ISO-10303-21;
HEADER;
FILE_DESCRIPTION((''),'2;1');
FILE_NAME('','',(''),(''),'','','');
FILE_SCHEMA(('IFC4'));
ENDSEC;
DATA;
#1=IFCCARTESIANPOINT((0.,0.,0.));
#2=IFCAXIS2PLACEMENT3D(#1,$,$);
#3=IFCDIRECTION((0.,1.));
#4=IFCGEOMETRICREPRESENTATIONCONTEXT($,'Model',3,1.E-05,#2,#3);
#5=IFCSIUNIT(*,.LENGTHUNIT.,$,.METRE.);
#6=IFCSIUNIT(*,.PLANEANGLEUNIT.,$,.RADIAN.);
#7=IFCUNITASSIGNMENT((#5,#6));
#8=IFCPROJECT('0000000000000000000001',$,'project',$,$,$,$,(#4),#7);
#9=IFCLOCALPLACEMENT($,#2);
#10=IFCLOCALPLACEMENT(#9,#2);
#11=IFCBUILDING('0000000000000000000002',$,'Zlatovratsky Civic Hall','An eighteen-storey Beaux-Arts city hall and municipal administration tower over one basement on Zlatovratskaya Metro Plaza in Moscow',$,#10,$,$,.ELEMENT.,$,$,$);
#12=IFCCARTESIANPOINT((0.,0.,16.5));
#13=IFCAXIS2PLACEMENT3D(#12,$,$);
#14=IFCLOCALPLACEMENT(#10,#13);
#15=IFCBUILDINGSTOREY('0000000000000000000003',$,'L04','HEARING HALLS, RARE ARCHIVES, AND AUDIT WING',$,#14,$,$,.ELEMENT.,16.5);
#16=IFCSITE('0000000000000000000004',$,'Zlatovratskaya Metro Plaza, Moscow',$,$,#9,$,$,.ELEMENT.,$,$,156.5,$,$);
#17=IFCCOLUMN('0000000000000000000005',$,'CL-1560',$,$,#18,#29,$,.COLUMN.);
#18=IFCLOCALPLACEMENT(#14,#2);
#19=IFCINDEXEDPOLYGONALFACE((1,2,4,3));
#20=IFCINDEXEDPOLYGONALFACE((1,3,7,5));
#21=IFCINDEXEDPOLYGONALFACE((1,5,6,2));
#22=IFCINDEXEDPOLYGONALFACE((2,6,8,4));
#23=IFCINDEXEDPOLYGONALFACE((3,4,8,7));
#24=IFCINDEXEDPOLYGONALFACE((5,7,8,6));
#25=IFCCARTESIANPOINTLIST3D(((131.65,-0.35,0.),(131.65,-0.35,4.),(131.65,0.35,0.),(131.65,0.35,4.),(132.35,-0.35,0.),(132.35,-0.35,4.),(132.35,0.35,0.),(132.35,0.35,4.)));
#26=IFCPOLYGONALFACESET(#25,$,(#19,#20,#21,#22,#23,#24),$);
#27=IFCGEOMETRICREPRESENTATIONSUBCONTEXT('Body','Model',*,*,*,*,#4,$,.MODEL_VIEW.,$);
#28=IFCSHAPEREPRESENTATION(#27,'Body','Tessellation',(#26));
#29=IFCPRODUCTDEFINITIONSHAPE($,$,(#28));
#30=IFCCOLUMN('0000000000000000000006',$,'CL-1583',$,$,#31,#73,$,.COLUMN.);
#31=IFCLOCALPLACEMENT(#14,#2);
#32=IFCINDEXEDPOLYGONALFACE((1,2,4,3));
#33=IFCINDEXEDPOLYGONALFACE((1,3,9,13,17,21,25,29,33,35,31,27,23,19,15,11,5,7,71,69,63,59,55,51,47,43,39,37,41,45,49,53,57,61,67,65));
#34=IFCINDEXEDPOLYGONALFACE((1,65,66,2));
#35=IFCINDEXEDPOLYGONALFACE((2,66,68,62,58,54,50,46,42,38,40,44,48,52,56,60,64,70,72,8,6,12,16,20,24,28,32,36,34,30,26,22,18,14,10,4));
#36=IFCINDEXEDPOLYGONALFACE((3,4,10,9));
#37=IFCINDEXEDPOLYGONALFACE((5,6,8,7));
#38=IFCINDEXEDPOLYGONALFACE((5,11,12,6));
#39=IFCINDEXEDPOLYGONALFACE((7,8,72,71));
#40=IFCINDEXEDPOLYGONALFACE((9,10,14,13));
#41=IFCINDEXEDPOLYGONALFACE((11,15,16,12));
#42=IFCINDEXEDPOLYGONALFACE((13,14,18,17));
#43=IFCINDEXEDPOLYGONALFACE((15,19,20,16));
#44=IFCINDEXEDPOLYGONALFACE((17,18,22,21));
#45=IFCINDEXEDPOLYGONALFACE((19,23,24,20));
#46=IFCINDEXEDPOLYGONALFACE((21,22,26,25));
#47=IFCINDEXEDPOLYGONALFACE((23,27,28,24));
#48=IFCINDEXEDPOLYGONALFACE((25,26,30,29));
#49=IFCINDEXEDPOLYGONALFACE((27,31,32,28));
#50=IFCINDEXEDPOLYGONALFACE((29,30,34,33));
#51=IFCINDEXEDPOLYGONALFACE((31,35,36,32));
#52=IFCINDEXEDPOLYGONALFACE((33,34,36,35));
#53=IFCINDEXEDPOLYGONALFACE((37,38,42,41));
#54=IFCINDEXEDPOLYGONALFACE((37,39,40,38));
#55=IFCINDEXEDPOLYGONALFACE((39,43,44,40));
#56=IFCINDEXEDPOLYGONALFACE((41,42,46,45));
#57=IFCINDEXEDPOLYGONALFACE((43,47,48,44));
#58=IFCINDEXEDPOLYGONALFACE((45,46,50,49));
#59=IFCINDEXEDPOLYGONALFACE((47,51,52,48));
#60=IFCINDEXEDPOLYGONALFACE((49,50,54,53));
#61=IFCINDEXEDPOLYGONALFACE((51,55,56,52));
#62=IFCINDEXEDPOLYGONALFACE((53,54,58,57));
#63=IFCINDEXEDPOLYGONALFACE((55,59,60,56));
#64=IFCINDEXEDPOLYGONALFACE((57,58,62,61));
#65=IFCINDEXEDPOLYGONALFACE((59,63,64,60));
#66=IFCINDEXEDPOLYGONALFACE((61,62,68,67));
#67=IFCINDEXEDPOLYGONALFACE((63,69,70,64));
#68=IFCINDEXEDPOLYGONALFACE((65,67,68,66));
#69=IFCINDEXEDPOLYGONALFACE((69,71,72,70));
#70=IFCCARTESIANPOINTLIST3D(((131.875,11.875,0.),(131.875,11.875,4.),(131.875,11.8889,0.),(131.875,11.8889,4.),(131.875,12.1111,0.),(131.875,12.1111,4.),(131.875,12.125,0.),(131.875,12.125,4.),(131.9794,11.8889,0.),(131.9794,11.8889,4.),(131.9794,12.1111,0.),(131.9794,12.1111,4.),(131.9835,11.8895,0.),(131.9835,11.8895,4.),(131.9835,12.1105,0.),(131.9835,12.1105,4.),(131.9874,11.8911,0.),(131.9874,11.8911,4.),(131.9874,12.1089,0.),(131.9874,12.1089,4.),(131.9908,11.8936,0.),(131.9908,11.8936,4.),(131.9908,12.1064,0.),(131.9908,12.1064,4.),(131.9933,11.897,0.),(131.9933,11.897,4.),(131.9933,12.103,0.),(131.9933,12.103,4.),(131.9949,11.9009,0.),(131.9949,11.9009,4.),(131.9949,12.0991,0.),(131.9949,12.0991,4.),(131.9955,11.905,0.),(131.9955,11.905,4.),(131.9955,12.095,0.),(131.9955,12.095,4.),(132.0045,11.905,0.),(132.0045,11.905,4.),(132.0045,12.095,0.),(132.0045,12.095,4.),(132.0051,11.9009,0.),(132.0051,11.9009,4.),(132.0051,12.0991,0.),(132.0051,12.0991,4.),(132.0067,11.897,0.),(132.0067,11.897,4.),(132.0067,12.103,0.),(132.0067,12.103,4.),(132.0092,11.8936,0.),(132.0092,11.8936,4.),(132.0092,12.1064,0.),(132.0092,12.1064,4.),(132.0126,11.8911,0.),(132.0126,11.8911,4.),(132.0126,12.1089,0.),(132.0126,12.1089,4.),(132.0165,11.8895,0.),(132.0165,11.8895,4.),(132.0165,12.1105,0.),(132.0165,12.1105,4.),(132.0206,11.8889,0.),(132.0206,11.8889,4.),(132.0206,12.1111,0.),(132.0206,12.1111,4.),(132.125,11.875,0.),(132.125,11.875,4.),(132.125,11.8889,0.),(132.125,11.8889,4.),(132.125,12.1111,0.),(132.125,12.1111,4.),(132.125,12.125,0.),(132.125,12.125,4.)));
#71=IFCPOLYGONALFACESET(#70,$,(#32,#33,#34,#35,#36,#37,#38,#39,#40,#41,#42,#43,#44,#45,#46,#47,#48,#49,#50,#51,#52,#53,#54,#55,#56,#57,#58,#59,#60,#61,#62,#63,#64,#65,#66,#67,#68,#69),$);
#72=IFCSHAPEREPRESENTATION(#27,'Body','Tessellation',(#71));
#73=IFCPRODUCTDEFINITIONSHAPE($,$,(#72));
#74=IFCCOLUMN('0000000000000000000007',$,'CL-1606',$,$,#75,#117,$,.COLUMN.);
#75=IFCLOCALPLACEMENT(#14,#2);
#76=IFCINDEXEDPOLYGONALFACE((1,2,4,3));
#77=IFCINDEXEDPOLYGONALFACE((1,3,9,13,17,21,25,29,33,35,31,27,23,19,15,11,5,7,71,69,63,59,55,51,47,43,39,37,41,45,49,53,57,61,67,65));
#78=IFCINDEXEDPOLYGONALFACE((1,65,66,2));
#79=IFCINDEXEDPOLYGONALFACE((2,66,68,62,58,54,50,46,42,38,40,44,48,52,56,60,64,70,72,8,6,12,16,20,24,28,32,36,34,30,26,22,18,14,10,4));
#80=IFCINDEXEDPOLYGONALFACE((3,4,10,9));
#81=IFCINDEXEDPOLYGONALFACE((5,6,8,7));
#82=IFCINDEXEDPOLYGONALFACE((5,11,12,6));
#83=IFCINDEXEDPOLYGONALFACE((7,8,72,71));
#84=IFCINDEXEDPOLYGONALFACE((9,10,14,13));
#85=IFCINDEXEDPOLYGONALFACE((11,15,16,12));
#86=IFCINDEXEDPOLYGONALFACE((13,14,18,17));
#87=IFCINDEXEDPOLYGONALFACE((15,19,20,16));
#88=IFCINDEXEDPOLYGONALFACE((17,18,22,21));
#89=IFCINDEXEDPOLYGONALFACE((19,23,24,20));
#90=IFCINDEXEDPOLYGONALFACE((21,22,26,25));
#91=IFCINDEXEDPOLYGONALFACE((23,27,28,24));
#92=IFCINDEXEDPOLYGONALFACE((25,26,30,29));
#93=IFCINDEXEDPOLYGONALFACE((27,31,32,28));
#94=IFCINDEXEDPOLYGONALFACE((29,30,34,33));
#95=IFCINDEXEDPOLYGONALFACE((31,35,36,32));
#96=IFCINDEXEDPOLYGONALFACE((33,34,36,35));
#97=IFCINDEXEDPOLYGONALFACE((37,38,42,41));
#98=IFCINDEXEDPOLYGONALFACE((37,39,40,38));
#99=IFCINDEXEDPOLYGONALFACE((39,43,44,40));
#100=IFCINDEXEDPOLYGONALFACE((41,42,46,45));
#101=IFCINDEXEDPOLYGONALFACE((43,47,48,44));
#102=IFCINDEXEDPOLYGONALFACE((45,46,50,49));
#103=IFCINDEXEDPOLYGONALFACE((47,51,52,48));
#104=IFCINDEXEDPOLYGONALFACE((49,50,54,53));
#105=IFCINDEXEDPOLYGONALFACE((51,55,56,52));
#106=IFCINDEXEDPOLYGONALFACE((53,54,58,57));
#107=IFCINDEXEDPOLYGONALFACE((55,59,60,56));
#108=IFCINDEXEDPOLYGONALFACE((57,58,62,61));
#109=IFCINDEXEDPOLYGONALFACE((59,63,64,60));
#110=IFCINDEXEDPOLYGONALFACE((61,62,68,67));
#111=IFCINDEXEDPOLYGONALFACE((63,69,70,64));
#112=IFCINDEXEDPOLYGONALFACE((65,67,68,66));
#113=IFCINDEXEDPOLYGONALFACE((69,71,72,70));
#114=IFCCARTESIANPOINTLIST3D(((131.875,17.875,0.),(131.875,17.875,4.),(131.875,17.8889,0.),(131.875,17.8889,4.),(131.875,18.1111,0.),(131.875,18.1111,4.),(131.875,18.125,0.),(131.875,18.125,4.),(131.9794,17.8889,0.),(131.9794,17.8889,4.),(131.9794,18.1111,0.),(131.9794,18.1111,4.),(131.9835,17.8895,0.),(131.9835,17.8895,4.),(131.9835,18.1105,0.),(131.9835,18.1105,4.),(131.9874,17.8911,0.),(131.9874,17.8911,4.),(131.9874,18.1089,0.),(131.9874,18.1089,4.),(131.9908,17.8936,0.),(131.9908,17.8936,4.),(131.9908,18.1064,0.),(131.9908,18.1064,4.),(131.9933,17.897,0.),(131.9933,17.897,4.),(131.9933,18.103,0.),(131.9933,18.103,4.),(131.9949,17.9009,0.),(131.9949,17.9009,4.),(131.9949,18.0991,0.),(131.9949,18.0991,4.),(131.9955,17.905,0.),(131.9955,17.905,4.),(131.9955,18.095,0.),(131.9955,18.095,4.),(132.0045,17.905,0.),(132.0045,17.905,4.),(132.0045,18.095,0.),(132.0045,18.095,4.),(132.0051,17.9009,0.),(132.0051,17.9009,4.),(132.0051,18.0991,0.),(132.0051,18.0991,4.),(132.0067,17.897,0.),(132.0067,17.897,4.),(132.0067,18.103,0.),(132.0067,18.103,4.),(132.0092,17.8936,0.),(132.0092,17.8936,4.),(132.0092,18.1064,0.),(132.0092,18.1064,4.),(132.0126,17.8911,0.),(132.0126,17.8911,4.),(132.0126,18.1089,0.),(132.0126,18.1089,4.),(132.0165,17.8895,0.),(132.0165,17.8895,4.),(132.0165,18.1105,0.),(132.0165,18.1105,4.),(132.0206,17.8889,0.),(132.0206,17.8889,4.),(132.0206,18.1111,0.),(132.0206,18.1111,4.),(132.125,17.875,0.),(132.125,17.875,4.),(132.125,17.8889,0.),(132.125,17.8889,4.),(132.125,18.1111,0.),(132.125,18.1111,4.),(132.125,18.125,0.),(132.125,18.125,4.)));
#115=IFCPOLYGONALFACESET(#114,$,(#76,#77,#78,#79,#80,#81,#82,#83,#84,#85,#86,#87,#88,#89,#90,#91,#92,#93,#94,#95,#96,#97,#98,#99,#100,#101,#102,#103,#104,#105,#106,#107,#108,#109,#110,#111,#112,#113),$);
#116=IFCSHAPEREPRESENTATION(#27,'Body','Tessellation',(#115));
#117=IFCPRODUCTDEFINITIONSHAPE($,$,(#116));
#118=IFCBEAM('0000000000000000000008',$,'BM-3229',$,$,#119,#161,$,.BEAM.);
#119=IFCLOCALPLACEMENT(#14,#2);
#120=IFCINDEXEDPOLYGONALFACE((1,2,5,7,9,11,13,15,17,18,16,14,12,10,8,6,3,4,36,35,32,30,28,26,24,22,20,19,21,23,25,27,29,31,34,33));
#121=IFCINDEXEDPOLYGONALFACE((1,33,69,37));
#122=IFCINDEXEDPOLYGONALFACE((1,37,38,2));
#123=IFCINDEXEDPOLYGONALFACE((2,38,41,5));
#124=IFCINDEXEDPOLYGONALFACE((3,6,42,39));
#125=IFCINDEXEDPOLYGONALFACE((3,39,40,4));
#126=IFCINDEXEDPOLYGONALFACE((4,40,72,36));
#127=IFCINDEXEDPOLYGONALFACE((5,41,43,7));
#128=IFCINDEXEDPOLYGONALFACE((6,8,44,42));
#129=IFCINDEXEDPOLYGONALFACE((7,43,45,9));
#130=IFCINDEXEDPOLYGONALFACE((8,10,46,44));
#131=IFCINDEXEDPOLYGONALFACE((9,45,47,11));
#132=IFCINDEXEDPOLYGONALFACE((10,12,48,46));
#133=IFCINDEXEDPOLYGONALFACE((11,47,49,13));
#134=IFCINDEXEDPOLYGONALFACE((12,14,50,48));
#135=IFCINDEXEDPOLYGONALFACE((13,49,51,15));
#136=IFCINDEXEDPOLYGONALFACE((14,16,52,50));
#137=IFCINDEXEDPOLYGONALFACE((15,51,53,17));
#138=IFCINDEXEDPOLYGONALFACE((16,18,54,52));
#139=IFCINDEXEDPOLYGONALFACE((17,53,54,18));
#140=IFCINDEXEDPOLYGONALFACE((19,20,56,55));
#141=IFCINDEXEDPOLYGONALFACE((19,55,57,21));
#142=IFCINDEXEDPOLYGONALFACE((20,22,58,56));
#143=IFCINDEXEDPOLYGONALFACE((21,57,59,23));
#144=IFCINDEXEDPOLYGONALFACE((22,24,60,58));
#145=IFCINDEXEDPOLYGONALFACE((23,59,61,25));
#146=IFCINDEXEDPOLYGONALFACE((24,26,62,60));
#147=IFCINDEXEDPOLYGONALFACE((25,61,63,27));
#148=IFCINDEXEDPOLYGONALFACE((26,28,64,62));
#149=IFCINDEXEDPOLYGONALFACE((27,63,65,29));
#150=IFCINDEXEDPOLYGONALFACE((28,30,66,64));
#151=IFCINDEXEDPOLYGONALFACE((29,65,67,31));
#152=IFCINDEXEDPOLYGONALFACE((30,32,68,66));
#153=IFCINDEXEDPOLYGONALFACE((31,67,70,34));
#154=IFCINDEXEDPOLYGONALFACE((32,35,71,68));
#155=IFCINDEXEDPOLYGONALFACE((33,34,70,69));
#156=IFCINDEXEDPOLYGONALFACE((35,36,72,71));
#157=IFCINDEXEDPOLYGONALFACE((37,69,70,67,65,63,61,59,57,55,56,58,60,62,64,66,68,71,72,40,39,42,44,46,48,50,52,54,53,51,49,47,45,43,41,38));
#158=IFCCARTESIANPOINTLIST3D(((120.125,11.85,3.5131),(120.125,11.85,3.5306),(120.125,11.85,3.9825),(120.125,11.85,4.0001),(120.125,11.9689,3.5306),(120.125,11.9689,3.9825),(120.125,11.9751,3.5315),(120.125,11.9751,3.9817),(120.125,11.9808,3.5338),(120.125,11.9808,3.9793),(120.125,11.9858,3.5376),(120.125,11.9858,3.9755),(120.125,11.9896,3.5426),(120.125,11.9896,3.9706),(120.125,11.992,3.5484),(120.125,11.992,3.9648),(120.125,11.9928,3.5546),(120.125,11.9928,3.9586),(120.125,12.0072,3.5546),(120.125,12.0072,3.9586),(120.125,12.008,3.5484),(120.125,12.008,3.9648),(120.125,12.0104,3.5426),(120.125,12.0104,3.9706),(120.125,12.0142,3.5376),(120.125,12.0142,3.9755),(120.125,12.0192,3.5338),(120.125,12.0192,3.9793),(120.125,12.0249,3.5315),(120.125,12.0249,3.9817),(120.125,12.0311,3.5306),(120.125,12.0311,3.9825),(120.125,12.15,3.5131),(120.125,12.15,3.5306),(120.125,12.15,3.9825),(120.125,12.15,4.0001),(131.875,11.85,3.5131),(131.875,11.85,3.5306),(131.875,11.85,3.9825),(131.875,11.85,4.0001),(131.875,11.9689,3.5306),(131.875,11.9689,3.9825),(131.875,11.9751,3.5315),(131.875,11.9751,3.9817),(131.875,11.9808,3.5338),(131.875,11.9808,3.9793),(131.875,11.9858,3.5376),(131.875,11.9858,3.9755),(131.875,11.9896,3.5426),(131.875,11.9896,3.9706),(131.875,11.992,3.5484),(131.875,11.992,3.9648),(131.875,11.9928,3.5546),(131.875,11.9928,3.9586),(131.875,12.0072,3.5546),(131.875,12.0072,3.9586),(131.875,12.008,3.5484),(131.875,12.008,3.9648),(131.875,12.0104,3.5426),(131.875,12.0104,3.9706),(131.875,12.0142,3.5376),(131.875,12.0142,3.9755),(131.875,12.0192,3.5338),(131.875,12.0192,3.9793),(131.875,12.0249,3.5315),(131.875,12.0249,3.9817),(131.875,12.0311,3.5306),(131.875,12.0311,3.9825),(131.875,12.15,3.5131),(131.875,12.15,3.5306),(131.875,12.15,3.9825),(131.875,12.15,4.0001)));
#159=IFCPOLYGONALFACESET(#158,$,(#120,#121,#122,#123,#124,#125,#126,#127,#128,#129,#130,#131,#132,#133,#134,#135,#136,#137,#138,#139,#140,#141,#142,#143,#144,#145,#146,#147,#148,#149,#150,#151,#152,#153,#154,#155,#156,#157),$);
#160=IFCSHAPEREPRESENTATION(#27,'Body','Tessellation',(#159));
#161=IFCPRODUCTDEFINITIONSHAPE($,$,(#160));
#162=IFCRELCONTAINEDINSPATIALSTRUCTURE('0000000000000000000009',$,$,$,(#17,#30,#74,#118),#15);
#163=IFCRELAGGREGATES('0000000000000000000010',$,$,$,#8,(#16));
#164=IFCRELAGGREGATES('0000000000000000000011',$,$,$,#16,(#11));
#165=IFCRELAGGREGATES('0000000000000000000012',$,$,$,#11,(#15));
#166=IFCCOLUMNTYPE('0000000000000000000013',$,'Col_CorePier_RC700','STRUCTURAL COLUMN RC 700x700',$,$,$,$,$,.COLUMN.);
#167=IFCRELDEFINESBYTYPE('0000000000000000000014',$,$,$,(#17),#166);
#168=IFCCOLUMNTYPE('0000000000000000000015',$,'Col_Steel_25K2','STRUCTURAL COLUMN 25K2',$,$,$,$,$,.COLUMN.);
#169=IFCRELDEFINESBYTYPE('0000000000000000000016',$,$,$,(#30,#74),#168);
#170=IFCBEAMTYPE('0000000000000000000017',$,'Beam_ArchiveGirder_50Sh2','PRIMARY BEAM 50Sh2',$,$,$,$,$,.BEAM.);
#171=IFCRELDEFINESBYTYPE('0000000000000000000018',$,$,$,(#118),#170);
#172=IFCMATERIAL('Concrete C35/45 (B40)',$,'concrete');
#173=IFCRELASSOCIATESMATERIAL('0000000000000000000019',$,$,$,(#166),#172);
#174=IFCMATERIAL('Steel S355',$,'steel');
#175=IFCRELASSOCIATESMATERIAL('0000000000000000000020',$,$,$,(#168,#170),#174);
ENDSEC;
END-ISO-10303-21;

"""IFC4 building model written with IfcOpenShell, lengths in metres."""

from ifc_helpers import new_model, si_unit, direction, frame, origin, origin_2d, place, context, subcontext, project, spatial, rectangle, i_section, extrude, material, material_profile, profile_set, type_object, element, save


model = new_model("IFC4")

# Units and contexts
model_context = context("Model", 3, precision=1e-05, world=origin(), true_north=direction((0.0, 1.0)))
body_context = subcontext(model_context, "Body", "Model", "MODEL_VIEW")
ifc_project = project(units=[si_unit("LENGTHUNIT", "METRE"), si_unit("PLANEANGLEUNIT", "RADIAN")], contexts=[model_context])

# Site, building, storey
site_placement = place(None, origin())
site = spatial("IfcSite", under=ifc_project, at=site_placement, Name="Zlatovratskaya Metro Plaza, Moscow", CompositionType="ELEMENT", RefElevation=156.5)
building_placement = place(site_placement, origin())
building = spatial("IfcBuilding", under=site, at=building_placement, Name="Zlatovratsky Civic Hall", Description="An eighteen-storey Beaux-Arts city hall and municipal administration tower over one basement on Zlatovratskaya Metro Plaza in Moscow", CompositionType="ELEMENT")
storey_placement = place(building_placement, frame((0.0, 0.0, 16.5)))
storey = spatial("IfcBuildingStorey", under=building, at=storey_placement, Name="L04", Description="HEARING HALLS, RARE ARCHIVES, AND AUDIT WING", CompositionType="ELEMENT", Elevation=16.5)

# Columns
ifc_material_1 = material(Name="Concrete C35/45 (B40)", Category="concrete")
ifc_material_profile_1 = material_profile(ifc_material_1, rectangle(XDim=0.7, YDim=0.7, at=origin_2d()), Name="RC 700x700")
ifc_profile_set_1 = profile_set([ifc_material_profile_1], Name="Concrete C35/45 (B40)")
column_type_1 = type_object("IfcColumnType", Name="Col_CorePier_RC700", Description="STRUCTURAL COLUMN RC 700x700", PredefinedType="COLUMN", material=ifc_profile_set_1)
column_placement = place(storey_placement, frame((132.0, 0.0, 0.0), z_axis=(0.0, 0.0, 1.0), x_axis=(1.0, 0.0, 0.0)))
element("IfcColumn", 1, at=column_placement, inside=storey, type_object=column_type_1, Name="CL-1560", PredefinedType="COLUMN", context=body_context, shape_type="SweptSolid", body=[
    extrude(rectangle(XDim=0.7, YDim=0.7, at=origin_2d()), origin(), (0.0, 0.0, 1.0), 4.0),
])
ifc_material_2 = material(Name="Steel S355", Category="steel")
ifc_material_profile_2 = material_profile(ifc_material_2, i_section(OverallWidth=0.25, OverallDepth=0.25, WebThickness=0.009, FlangeThickness=0.0139, FilletRadius=0.0161, at=origin_2d()), Name="25K2")
ifc_profile_set_2 = profile_set([ifc_material_profile_2], Name="Steel S355")
column_type_2 = type_object("IfcColumnType", Name="Col_Steel_25K2", Description="STRUCTURAL COLUMN 25K2", PredefinedType="COLUMN", material=ifc_profile_set_2)
for number, where, z_axis, x_axis, name in (
    (2, (132.0, 12.0, 0.0), (0.0, 0.0, 1.0), (1.0, 0.0, 0.0), "CL-1583"),
    (3, (132.0, 18.0, 0.0), (0.0, 0.0, 1.0), (1.0, 0.0, 0.0), "CL-1606"),
):
    element("IfcColumn", number, at=place(storey_placement, frame(where, z_axis=z_axis, x_axis=x_axis)), inside=storey, type_object=column_type_2, Name=name, PredefinedType="COLUMN", context=body_context, shape_type="SweptSolid", body=[
        extrude(i_section(OverallWidth=0.25, OverallDepth=0.25, WebThickness=0.009, FlangeThickness=0.0139, FilletRadius=0.0161, at=origin_2d()), origin(), (0.0, 0.0, 1.0), 4.0),
    ])

# Beam
ifc_material_profile_3 = material_profile(ifc_material_2, i_section(OverallWidth=0.3, OverallDepth=0.4871, WebThickness=0.0144, FlangeThickness=0.0176, FilletRadius=0.0239, at=origin_2d()), Name="50Sh2")
ifc_profile_set_3 = profile_set([ifc_material_profile_3], Name="Steel S355")
beam_type_1 = type_object("IfcBeamType", Name="Beam_ArchiveGirder_50Sh2", Description="PRIMARY BEAM 50Sh2", PredefinedType="BEAM", material=ifc_profile_set_3)
for number, where, z_axis, x_axis, name in (
    (4, (120.125, 12.0, 3.7566), (1.0, 0.0, 0.0), (0.0, 1.0, 0.0), "BM-3229"),
):
    element("IfcBeam", number, at=place(storey_placement, frame(where, z_axis=z_axis, x_axis=x_axis)), inside=storey, type_object=beam_type_1, Name=name, PredefinedType="BEAM", context=body_context, shape_type="SweptSolid", body=[
        extrude(i_section(OverallWidth=0.3, OverallDepth=0.4871, WebThickness=0.0144, FlangeThickness=0.0176, FilletRadius=0.0239, at=origin_2d()), origin(), (0.0, 0.0, 1.0), 11.75),
    ])

save(model, "model.ifc")
